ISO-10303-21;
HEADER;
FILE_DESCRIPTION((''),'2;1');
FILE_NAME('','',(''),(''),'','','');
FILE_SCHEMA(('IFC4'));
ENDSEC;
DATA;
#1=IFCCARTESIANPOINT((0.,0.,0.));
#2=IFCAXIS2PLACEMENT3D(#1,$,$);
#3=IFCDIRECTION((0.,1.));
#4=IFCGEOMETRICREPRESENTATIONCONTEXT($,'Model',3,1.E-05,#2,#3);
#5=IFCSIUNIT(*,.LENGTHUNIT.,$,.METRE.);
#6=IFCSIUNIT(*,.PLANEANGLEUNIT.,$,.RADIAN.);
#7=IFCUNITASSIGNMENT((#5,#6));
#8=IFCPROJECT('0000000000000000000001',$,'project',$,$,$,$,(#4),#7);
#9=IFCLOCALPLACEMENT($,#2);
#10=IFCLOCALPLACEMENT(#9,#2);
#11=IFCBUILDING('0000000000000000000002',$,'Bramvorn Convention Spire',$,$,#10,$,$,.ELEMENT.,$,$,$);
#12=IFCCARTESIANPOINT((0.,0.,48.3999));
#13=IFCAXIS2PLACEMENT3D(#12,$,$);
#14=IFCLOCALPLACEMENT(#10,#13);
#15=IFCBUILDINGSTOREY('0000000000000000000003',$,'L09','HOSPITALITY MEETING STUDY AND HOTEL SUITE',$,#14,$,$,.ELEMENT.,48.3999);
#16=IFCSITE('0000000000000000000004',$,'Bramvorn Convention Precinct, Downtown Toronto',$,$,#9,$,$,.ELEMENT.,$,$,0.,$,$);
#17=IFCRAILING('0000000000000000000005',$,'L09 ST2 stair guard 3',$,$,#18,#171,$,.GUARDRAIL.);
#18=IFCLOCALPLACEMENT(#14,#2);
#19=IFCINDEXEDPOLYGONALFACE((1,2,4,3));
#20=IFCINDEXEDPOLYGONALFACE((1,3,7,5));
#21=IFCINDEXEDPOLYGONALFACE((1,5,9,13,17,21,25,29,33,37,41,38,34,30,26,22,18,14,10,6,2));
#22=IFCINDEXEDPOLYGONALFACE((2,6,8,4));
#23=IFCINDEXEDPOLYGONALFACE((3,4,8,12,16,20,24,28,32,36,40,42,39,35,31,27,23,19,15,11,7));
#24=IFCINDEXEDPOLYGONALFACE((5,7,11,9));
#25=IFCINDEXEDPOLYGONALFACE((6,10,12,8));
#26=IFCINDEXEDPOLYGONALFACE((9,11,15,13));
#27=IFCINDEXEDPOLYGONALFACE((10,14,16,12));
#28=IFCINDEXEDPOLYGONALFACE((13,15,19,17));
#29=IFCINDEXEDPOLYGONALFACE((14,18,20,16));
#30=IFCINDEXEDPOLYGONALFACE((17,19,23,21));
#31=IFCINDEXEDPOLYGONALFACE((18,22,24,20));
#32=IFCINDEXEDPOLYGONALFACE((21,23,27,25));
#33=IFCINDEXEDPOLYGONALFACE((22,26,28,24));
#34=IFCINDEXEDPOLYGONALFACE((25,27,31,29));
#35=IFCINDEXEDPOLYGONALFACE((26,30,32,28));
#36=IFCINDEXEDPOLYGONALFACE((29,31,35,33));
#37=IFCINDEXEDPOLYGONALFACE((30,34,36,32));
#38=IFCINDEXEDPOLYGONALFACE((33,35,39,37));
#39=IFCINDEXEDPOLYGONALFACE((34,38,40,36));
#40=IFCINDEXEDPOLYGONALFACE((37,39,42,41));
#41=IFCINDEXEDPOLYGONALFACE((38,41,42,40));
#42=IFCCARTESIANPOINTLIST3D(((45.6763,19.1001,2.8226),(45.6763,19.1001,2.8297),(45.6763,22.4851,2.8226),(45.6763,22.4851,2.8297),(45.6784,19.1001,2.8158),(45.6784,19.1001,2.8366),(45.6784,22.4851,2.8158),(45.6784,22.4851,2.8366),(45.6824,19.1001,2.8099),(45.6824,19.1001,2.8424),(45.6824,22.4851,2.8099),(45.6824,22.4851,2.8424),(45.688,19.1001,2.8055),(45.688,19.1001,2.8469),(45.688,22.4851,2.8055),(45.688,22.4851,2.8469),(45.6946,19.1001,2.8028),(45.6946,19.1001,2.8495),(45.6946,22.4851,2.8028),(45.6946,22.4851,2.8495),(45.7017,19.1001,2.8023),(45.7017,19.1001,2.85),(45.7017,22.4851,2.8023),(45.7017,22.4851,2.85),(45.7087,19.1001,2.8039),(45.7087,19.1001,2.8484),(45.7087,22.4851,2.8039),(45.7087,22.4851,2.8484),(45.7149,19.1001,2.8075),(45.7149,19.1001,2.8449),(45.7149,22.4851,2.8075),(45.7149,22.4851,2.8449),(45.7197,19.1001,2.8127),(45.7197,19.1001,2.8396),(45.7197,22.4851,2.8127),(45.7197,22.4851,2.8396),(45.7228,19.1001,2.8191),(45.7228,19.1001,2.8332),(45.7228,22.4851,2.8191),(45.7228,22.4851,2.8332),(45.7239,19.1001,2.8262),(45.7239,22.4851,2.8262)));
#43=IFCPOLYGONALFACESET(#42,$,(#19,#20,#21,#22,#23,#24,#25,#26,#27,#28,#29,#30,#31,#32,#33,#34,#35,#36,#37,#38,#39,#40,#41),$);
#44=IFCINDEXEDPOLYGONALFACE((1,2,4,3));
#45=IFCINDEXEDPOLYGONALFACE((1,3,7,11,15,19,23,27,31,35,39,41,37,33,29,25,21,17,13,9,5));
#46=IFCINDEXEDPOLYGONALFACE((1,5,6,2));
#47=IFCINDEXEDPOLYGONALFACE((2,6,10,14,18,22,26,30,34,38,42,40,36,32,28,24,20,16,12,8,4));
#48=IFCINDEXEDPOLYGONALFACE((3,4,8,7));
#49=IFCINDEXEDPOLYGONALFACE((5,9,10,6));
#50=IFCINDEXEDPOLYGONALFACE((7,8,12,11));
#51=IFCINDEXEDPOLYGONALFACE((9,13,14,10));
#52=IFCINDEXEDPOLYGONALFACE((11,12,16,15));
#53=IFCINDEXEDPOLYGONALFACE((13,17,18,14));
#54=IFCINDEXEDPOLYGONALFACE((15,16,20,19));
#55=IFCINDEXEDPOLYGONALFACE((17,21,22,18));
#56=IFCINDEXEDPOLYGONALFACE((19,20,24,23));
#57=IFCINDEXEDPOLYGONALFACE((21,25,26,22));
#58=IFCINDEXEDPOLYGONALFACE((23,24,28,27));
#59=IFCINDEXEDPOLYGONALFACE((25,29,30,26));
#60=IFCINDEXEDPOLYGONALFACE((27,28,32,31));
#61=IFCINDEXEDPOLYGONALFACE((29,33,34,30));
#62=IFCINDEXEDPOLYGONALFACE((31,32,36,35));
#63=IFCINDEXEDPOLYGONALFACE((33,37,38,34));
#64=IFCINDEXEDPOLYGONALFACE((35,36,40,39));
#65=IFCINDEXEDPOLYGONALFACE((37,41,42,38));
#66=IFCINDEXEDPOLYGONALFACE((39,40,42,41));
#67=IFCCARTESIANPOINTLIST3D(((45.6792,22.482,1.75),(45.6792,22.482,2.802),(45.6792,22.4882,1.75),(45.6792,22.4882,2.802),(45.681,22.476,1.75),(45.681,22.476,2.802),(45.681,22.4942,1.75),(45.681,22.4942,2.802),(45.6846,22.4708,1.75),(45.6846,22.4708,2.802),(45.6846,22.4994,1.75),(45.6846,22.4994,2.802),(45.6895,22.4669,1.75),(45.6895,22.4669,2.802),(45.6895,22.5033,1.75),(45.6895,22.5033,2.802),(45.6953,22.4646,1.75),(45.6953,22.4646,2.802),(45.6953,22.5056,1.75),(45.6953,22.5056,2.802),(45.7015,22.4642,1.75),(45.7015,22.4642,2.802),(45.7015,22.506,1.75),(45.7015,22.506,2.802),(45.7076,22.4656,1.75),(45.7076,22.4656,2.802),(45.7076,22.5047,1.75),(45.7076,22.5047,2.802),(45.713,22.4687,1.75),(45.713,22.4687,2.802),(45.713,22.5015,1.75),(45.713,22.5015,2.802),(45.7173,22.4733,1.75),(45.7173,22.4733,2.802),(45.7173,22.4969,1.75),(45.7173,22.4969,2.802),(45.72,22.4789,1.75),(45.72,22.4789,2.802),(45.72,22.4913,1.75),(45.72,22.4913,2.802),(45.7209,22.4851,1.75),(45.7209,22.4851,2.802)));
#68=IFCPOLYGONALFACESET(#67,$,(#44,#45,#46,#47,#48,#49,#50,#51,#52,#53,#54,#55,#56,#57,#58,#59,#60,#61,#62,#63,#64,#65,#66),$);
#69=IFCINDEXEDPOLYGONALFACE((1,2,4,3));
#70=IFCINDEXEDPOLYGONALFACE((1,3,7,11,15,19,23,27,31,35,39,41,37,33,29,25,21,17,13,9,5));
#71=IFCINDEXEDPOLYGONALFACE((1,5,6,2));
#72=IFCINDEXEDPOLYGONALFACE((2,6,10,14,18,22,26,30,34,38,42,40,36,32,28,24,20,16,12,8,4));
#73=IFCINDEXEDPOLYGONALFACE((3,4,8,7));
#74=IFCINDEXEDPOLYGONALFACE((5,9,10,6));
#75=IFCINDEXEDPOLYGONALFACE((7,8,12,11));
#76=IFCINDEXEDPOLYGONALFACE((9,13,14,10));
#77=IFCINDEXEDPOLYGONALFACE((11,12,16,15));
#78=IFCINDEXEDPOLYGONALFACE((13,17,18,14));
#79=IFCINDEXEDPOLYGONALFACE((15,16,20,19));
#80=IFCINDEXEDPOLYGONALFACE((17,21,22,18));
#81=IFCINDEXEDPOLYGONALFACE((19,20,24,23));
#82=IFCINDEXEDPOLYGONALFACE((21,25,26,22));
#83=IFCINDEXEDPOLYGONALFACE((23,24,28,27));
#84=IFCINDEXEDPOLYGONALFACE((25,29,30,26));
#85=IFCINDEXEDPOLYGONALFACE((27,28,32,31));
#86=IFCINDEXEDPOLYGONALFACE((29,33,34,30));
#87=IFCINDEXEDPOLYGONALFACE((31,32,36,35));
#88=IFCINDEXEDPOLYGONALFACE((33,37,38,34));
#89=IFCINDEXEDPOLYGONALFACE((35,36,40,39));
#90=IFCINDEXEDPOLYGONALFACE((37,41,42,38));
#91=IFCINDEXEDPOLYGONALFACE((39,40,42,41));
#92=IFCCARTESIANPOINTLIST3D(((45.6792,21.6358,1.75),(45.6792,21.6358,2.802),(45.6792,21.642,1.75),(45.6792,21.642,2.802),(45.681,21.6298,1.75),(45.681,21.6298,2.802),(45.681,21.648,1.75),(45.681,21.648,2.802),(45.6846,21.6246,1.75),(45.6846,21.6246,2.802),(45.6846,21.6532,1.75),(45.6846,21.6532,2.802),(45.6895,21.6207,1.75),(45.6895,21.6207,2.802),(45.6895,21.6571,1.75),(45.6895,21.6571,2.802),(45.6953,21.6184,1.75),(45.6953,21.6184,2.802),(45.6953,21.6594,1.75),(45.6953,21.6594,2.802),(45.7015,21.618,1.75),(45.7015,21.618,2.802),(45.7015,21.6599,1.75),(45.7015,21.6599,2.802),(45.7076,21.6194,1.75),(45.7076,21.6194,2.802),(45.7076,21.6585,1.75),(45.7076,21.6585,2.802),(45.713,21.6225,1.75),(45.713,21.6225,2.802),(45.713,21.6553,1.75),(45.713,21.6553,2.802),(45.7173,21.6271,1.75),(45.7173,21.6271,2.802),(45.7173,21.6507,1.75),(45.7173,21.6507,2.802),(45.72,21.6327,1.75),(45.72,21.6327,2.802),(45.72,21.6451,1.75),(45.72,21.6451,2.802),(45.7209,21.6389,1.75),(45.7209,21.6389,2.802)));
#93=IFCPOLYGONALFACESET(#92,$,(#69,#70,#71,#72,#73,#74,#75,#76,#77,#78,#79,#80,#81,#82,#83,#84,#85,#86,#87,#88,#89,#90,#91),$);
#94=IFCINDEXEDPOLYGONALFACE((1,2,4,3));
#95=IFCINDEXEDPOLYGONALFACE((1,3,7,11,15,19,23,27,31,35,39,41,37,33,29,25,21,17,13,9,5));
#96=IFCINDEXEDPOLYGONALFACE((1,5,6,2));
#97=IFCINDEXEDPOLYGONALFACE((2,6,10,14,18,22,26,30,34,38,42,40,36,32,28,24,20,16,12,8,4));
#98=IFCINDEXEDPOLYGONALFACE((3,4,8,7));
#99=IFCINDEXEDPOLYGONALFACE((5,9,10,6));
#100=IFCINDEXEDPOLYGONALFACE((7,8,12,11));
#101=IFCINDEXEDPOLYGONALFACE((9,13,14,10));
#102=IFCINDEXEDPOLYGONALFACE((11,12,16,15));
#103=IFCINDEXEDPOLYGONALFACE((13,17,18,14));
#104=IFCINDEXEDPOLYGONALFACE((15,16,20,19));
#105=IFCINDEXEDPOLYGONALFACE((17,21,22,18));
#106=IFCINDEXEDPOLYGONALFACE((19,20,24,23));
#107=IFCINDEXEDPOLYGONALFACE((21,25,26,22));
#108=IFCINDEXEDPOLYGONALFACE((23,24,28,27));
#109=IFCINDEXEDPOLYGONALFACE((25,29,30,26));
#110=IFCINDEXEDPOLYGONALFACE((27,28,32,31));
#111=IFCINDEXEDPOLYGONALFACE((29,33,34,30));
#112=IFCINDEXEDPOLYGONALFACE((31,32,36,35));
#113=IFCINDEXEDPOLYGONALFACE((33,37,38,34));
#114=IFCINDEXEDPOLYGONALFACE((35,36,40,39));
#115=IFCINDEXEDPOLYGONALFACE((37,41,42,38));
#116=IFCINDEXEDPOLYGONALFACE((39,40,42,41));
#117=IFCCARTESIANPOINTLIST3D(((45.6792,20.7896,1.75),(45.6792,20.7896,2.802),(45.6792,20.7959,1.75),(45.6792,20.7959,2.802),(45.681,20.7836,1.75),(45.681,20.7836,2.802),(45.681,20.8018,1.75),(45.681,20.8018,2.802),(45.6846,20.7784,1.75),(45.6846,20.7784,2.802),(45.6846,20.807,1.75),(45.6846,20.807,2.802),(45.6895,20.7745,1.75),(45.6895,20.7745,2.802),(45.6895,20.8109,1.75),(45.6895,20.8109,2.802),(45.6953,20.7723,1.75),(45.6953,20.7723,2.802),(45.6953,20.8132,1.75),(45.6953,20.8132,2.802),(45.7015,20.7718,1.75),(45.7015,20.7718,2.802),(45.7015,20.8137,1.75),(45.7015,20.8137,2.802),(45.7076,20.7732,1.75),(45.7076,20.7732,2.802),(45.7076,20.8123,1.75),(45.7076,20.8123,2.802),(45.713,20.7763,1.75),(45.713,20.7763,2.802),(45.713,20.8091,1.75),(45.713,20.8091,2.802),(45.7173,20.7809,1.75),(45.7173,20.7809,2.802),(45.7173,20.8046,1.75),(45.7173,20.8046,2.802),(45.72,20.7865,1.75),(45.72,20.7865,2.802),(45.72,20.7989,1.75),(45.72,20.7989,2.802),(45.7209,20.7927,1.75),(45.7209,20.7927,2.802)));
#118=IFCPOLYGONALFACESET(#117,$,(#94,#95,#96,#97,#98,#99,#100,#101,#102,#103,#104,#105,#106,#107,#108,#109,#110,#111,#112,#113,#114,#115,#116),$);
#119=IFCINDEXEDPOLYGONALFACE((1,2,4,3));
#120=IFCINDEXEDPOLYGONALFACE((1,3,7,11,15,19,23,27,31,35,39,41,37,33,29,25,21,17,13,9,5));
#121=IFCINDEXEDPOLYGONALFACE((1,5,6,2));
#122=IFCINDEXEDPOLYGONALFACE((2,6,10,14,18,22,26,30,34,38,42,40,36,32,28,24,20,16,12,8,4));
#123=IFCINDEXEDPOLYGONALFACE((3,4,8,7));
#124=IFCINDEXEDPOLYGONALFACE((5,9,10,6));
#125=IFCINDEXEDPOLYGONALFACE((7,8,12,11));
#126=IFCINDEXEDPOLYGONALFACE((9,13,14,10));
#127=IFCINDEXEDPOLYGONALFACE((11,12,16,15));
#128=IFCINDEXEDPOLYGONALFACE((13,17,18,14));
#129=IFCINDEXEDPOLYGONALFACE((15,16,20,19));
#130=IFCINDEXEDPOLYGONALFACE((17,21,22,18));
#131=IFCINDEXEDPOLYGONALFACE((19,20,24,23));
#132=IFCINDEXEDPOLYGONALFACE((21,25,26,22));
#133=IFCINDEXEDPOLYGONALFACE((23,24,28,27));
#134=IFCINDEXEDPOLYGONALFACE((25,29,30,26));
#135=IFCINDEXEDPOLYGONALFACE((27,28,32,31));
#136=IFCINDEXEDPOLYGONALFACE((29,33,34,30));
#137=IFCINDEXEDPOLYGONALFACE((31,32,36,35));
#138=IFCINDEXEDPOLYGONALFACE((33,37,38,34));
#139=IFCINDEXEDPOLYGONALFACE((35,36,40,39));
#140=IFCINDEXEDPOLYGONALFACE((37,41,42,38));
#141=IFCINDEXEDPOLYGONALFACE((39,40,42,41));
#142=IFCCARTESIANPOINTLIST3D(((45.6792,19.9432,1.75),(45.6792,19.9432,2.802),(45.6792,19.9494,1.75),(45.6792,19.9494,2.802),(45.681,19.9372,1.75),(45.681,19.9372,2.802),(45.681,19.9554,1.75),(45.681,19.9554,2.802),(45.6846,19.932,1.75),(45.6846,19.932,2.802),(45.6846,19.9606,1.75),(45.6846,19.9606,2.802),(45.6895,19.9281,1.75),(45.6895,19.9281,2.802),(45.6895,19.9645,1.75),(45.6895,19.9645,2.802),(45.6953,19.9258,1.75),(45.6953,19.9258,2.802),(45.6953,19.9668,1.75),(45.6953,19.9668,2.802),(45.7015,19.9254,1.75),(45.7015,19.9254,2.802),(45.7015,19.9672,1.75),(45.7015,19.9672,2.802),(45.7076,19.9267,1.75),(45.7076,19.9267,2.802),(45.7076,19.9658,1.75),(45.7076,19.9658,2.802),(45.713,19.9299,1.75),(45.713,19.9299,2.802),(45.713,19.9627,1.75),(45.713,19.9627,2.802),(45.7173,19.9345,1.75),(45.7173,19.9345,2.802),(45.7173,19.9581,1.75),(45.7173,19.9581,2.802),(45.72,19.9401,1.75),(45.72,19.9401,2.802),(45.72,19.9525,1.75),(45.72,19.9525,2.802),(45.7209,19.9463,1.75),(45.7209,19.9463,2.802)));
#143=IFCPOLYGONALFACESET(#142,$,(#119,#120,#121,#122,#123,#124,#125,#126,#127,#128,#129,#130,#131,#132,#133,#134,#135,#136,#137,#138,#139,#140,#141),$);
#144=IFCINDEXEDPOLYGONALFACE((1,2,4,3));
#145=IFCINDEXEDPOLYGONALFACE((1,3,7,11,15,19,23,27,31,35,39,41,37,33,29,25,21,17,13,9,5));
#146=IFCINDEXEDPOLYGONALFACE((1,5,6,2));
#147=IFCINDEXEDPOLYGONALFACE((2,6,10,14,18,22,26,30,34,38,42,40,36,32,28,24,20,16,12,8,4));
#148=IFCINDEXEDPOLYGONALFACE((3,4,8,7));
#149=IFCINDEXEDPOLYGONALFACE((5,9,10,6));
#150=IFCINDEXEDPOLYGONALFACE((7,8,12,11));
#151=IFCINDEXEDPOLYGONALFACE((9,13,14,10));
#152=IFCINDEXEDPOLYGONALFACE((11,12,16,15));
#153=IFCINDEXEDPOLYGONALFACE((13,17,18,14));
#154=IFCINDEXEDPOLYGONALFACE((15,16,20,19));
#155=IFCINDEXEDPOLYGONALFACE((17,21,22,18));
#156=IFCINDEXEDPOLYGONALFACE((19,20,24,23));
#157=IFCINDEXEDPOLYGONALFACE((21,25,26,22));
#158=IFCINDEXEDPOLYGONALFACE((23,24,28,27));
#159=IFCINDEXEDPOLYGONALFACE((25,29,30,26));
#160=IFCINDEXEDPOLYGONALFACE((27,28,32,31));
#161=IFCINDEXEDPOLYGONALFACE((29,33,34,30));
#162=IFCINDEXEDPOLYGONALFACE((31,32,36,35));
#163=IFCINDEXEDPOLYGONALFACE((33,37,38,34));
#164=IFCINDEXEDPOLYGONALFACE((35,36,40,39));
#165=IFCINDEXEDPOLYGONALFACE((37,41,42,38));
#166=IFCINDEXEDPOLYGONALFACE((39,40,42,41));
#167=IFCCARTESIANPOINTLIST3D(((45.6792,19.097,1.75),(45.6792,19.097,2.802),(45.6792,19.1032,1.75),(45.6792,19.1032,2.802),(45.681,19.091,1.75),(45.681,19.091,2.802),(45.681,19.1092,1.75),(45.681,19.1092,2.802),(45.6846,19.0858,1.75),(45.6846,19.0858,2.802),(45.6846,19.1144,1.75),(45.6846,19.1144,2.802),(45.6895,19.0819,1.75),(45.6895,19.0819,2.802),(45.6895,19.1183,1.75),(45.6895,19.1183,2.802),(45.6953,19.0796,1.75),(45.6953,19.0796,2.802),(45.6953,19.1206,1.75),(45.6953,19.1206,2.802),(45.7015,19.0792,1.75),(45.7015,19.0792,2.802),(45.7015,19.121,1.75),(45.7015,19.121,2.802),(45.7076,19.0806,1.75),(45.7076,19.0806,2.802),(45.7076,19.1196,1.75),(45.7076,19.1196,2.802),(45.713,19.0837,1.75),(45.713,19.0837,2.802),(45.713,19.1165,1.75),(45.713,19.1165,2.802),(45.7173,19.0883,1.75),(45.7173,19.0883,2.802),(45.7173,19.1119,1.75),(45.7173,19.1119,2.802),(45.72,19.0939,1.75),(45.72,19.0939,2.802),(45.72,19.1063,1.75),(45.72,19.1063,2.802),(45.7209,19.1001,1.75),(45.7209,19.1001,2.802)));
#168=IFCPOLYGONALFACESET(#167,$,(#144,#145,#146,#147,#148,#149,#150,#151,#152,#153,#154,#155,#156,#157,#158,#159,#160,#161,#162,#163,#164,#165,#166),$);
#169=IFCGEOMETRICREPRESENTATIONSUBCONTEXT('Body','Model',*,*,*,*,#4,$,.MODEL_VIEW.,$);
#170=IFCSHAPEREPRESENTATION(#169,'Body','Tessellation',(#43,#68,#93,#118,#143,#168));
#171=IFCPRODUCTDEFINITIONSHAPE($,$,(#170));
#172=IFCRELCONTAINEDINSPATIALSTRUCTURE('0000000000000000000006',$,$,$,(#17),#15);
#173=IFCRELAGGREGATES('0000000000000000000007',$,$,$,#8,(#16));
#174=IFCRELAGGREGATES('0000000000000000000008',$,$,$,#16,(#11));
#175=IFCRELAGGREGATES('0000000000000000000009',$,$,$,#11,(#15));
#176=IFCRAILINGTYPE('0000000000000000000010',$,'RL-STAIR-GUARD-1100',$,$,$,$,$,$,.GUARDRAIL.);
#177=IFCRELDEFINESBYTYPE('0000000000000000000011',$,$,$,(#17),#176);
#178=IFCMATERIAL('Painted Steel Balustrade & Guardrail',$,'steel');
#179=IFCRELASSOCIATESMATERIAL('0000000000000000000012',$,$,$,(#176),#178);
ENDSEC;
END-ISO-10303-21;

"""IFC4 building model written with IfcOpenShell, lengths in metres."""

from ifc_helpers import new_model, si_unit, direction, frame, origin, origin_2d, place, context, subcontext, project, spatial, circle, extrude, material, type_object, element, save


model = new_model("IFC4")

# Units and contexts
model_context = context("Model", 3, precision=1e-05, world=origin(), true_north=direction((0.0, 1.0)))
body_context = subcontext(model_context, "Body", "Model", "MODEL_VIEW")
ifc_project = project(units=[si_unit("LENGTHUNIT", "METRE"), si_unit("PLANEANGLEUNIT", "RADIAN")], contexts=[model_context])

# Site, building, storey
site_placement = place(None, origin())
site = spatial("IfcSite", under=ifc_project, at=site_placement, Name="Bramvorn Convention Precinct, Downtown Toronto", CompositionType="ELEMENT", RefElevation=0.0)
building_placement = place(site_placement, origin())
building = spatial("IfcBuilding", under=site, at=building_placement, Name="Bramvorn Convention Spire", CompositionType="ELEMENT")
storey_placement = place(building_placement, frame((0.0, 0.0, 48.3999)))
storey = spatial("IfcBuildingStorey", under=building, at=storey_placement, Name="L09", Description="HOSPITALITY MEETING STUDY AND HOTEL SUITE", CompositionType="ELEMENT", Elevation=48.3999)

# Railing
ifc_material_1 = material(Name="Painted Steel Balustrade & Guardrail", Category="steel")
railing_type_1 = type_object("IfcRailingType", Name="RL-STAIR-GUARD-1100", PredefinedType="GUARDRAIL", material=ifc_material_1)
railing_1_placement = place(storey_placement, frame((45.7, 22.4851, 1.75)))
element("IfcRailing", 1, at=railing_1_placement, inside=storey, type_object=railing_type_1, Name="L09 ST2 stair guard 3", PredefinedType="GUARDRAIL", context=body_context, shape_type="SweptSolid", body=[
    extrude(circle(Radius=0.0239, at=origin_2d()), frame((0.0, 0.0, 1.0762), z_axis=(0.0, -1.0, 0.0), x_axis=(1.0, 0.0, 0.0)), (0.0, 0.0, 1.0), 3.385),
    extrude(circle(Radius=0.021, at=origin_2d()), origin(), (0.0, 0.0, 1.0), 1.052),
    extrude(circle(Radius=0.021, at=origin_2d()), frame((0.0, -0.8462, 0.0)), (0.0, 0.0, 1.0), 1.052),
    extrude(circle(Radius=0.021, at=origin_2d()), frame((0.0, -1.6924, 0.0)), (0.0, 0.0, 1.0), 1.052),
    extrude(circle(Radius=0.021, at=origin_2d()), frame((0.0, -2.5388, 0.0)), (0.0, 0.0, 1.0), 1.052),
    extrude(circle(Radius=0.021, at=origin_2d()), frame((0.0, -3.385, 0.0)), (0.0, 0.0, 1.0), 1.052),
])

save(model, "model.ifc")
